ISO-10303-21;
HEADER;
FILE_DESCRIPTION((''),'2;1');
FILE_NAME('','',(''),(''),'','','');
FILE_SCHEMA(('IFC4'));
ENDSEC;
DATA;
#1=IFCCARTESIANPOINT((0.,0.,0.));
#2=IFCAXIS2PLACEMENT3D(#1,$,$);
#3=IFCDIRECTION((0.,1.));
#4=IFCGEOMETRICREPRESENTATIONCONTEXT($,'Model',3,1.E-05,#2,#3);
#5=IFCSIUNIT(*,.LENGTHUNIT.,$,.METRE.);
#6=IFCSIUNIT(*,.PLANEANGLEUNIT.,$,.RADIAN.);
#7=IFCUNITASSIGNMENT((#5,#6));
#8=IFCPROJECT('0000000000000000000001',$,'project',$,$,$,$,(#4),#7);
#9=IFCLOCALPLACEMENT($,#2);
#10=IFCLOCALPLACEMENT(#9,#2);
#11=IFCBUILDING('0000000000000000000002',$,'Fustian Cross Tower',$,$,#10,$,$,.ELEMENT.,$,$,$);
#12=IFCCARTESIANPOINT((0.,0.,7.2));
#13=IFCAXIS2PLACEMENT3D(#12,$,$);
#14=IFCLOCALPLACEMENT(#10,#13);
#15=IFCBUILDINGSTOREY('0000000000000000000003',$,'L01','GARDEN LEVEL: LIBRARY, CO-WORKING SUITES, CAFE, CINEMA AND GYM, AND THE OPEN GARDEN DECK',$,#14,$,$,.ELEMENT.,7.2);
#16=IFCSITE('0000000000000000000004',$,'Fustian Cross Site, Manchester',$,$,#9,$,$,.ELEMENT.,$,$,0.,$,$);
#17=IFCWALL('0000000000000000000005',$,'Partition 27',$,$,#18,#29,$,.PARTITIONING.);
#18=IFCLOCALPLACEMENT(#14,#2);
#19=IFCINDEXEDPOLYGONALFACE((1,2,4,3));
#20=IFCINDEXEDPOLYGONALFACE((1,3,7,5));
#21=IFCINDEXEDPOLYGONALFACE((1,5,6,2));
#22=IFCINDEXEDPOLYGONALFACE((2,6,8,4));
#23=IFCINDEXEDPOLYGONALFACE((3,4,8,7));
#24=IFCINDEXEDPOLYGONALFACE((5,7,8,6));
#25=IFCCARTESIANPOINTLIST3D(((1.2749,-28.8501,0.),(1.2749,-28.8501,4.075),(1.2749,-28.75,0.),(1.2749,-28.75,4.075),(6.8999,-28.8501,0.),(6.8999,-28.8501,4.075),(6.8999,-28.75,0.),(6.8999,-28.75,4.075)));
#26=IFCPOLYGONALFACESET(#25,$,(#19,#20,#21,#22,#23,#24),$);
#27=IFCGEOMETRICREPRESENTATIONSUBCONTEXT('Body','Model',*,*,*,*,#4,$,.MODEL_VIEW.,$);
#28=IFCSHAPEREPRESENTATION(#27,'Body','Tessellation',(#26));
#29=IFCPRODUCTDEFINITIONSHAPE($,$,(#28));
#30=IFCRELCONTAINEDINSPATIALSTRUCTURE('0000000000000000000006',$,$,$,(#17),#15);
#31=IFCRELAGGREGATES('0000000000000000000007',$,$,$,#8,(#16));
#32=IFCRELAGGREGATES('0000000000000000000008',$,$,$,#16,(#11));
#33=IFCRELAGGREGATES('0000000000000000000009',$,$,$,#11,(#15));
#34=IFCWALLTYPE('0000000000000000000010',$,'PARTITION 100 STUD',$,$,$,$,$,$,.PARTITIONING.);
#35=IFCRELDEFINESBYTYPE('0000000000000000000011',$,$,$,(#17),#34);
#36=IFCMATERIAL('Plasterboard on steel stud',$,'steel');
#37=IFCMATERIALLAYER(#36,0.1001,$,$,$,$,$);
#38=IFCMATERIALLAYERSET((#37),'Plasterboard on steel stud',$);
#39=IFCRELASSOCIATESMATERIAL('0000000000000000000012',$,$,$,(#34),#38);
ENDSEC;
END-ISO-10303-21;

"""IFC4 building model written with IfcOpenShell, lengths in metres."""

from ifc_helpers import new_model, si_unit, direction, frame, frame_2d, origin, place, context, subcontext, project, spatial, rectangle, extrude, material, layer, layer_set, type_object, element, save


model = new_model("IFC4")

# Units and contexts
model_context = context("Model", 3, precision=1e-05, world=origin(), true_north=direction((0.0, 1.0)))
body_context = subcontext(model_context, "Body", "Model", "MODEL_VIEW")
ifc_project = project(units=[si_unit("LENGTHUNIT", "METRE"), si_unit("PLANEANGLEUNIT", "RADIAN")], contexts=[model_context])

# Site, building, storey
site_placement = place(None, origin())
site = spatial("IfcSite", under=ifc_project, at=site_placement, Name="Fustian Cross Site, Manchester", CompositionType="ELEMENT", RefElevation=0.0)
building_placement = place(site_placement, origin())
building = spatial("IfcBuilding", under=site, at=building_placement, Name="Fustian Cross Tower", CompositionType="ELEMENT")
storey_placement = place(building_placement, frame((0.0, 0.0, 7.2)))
storey = spatial("IfcBuildingStorey", under=building, at=storey_placement, Name="L01", Description="GARDEN LEVEL: LIBRARY, CO-WORKING SUITES, CAFE, CINEMA AND GYM, AND THE OPEN GARDEN DECK", CompositionType="ELEMENT", Elevation=7.2)

# Wall
ifc_material_1 = material(Name="Plasterboard on steel stud", Category="steel")
ifc_layer_1 = layer(ifc_material_1, 0.1001)
ifc_layer_set_1 = layer_set([ifc_layer_1], Name="Plasterboard on steel stud")
wall_type = type_object("IfcWallType", Name="PARTITION 100 STUD", PredefinedType="PARTITIONING", material=ifc_layer_set_1)
wall_placement = place(storey_placement, frame((1.2749, -28.8, 0.0), z_axis=(0.0, 0.0, 1.0), x_axis=(1.0, 0.0, 0.0)))
element("IfcWall", 1, at=wall_placement, inside=storey, type_object=wall_type, Name="Partition 27", PredefinedType="PARTITIONING", context=body_context, shape_type="SweptSolid", body=[
    extrude(rectangle(XDim=5.625, YDim=0.1001, at=frame_2d((2.8125, 0.0))), origin(), (0.0, 0.0, 1.0), 4.075),
])

save(model, "model.ifc")
